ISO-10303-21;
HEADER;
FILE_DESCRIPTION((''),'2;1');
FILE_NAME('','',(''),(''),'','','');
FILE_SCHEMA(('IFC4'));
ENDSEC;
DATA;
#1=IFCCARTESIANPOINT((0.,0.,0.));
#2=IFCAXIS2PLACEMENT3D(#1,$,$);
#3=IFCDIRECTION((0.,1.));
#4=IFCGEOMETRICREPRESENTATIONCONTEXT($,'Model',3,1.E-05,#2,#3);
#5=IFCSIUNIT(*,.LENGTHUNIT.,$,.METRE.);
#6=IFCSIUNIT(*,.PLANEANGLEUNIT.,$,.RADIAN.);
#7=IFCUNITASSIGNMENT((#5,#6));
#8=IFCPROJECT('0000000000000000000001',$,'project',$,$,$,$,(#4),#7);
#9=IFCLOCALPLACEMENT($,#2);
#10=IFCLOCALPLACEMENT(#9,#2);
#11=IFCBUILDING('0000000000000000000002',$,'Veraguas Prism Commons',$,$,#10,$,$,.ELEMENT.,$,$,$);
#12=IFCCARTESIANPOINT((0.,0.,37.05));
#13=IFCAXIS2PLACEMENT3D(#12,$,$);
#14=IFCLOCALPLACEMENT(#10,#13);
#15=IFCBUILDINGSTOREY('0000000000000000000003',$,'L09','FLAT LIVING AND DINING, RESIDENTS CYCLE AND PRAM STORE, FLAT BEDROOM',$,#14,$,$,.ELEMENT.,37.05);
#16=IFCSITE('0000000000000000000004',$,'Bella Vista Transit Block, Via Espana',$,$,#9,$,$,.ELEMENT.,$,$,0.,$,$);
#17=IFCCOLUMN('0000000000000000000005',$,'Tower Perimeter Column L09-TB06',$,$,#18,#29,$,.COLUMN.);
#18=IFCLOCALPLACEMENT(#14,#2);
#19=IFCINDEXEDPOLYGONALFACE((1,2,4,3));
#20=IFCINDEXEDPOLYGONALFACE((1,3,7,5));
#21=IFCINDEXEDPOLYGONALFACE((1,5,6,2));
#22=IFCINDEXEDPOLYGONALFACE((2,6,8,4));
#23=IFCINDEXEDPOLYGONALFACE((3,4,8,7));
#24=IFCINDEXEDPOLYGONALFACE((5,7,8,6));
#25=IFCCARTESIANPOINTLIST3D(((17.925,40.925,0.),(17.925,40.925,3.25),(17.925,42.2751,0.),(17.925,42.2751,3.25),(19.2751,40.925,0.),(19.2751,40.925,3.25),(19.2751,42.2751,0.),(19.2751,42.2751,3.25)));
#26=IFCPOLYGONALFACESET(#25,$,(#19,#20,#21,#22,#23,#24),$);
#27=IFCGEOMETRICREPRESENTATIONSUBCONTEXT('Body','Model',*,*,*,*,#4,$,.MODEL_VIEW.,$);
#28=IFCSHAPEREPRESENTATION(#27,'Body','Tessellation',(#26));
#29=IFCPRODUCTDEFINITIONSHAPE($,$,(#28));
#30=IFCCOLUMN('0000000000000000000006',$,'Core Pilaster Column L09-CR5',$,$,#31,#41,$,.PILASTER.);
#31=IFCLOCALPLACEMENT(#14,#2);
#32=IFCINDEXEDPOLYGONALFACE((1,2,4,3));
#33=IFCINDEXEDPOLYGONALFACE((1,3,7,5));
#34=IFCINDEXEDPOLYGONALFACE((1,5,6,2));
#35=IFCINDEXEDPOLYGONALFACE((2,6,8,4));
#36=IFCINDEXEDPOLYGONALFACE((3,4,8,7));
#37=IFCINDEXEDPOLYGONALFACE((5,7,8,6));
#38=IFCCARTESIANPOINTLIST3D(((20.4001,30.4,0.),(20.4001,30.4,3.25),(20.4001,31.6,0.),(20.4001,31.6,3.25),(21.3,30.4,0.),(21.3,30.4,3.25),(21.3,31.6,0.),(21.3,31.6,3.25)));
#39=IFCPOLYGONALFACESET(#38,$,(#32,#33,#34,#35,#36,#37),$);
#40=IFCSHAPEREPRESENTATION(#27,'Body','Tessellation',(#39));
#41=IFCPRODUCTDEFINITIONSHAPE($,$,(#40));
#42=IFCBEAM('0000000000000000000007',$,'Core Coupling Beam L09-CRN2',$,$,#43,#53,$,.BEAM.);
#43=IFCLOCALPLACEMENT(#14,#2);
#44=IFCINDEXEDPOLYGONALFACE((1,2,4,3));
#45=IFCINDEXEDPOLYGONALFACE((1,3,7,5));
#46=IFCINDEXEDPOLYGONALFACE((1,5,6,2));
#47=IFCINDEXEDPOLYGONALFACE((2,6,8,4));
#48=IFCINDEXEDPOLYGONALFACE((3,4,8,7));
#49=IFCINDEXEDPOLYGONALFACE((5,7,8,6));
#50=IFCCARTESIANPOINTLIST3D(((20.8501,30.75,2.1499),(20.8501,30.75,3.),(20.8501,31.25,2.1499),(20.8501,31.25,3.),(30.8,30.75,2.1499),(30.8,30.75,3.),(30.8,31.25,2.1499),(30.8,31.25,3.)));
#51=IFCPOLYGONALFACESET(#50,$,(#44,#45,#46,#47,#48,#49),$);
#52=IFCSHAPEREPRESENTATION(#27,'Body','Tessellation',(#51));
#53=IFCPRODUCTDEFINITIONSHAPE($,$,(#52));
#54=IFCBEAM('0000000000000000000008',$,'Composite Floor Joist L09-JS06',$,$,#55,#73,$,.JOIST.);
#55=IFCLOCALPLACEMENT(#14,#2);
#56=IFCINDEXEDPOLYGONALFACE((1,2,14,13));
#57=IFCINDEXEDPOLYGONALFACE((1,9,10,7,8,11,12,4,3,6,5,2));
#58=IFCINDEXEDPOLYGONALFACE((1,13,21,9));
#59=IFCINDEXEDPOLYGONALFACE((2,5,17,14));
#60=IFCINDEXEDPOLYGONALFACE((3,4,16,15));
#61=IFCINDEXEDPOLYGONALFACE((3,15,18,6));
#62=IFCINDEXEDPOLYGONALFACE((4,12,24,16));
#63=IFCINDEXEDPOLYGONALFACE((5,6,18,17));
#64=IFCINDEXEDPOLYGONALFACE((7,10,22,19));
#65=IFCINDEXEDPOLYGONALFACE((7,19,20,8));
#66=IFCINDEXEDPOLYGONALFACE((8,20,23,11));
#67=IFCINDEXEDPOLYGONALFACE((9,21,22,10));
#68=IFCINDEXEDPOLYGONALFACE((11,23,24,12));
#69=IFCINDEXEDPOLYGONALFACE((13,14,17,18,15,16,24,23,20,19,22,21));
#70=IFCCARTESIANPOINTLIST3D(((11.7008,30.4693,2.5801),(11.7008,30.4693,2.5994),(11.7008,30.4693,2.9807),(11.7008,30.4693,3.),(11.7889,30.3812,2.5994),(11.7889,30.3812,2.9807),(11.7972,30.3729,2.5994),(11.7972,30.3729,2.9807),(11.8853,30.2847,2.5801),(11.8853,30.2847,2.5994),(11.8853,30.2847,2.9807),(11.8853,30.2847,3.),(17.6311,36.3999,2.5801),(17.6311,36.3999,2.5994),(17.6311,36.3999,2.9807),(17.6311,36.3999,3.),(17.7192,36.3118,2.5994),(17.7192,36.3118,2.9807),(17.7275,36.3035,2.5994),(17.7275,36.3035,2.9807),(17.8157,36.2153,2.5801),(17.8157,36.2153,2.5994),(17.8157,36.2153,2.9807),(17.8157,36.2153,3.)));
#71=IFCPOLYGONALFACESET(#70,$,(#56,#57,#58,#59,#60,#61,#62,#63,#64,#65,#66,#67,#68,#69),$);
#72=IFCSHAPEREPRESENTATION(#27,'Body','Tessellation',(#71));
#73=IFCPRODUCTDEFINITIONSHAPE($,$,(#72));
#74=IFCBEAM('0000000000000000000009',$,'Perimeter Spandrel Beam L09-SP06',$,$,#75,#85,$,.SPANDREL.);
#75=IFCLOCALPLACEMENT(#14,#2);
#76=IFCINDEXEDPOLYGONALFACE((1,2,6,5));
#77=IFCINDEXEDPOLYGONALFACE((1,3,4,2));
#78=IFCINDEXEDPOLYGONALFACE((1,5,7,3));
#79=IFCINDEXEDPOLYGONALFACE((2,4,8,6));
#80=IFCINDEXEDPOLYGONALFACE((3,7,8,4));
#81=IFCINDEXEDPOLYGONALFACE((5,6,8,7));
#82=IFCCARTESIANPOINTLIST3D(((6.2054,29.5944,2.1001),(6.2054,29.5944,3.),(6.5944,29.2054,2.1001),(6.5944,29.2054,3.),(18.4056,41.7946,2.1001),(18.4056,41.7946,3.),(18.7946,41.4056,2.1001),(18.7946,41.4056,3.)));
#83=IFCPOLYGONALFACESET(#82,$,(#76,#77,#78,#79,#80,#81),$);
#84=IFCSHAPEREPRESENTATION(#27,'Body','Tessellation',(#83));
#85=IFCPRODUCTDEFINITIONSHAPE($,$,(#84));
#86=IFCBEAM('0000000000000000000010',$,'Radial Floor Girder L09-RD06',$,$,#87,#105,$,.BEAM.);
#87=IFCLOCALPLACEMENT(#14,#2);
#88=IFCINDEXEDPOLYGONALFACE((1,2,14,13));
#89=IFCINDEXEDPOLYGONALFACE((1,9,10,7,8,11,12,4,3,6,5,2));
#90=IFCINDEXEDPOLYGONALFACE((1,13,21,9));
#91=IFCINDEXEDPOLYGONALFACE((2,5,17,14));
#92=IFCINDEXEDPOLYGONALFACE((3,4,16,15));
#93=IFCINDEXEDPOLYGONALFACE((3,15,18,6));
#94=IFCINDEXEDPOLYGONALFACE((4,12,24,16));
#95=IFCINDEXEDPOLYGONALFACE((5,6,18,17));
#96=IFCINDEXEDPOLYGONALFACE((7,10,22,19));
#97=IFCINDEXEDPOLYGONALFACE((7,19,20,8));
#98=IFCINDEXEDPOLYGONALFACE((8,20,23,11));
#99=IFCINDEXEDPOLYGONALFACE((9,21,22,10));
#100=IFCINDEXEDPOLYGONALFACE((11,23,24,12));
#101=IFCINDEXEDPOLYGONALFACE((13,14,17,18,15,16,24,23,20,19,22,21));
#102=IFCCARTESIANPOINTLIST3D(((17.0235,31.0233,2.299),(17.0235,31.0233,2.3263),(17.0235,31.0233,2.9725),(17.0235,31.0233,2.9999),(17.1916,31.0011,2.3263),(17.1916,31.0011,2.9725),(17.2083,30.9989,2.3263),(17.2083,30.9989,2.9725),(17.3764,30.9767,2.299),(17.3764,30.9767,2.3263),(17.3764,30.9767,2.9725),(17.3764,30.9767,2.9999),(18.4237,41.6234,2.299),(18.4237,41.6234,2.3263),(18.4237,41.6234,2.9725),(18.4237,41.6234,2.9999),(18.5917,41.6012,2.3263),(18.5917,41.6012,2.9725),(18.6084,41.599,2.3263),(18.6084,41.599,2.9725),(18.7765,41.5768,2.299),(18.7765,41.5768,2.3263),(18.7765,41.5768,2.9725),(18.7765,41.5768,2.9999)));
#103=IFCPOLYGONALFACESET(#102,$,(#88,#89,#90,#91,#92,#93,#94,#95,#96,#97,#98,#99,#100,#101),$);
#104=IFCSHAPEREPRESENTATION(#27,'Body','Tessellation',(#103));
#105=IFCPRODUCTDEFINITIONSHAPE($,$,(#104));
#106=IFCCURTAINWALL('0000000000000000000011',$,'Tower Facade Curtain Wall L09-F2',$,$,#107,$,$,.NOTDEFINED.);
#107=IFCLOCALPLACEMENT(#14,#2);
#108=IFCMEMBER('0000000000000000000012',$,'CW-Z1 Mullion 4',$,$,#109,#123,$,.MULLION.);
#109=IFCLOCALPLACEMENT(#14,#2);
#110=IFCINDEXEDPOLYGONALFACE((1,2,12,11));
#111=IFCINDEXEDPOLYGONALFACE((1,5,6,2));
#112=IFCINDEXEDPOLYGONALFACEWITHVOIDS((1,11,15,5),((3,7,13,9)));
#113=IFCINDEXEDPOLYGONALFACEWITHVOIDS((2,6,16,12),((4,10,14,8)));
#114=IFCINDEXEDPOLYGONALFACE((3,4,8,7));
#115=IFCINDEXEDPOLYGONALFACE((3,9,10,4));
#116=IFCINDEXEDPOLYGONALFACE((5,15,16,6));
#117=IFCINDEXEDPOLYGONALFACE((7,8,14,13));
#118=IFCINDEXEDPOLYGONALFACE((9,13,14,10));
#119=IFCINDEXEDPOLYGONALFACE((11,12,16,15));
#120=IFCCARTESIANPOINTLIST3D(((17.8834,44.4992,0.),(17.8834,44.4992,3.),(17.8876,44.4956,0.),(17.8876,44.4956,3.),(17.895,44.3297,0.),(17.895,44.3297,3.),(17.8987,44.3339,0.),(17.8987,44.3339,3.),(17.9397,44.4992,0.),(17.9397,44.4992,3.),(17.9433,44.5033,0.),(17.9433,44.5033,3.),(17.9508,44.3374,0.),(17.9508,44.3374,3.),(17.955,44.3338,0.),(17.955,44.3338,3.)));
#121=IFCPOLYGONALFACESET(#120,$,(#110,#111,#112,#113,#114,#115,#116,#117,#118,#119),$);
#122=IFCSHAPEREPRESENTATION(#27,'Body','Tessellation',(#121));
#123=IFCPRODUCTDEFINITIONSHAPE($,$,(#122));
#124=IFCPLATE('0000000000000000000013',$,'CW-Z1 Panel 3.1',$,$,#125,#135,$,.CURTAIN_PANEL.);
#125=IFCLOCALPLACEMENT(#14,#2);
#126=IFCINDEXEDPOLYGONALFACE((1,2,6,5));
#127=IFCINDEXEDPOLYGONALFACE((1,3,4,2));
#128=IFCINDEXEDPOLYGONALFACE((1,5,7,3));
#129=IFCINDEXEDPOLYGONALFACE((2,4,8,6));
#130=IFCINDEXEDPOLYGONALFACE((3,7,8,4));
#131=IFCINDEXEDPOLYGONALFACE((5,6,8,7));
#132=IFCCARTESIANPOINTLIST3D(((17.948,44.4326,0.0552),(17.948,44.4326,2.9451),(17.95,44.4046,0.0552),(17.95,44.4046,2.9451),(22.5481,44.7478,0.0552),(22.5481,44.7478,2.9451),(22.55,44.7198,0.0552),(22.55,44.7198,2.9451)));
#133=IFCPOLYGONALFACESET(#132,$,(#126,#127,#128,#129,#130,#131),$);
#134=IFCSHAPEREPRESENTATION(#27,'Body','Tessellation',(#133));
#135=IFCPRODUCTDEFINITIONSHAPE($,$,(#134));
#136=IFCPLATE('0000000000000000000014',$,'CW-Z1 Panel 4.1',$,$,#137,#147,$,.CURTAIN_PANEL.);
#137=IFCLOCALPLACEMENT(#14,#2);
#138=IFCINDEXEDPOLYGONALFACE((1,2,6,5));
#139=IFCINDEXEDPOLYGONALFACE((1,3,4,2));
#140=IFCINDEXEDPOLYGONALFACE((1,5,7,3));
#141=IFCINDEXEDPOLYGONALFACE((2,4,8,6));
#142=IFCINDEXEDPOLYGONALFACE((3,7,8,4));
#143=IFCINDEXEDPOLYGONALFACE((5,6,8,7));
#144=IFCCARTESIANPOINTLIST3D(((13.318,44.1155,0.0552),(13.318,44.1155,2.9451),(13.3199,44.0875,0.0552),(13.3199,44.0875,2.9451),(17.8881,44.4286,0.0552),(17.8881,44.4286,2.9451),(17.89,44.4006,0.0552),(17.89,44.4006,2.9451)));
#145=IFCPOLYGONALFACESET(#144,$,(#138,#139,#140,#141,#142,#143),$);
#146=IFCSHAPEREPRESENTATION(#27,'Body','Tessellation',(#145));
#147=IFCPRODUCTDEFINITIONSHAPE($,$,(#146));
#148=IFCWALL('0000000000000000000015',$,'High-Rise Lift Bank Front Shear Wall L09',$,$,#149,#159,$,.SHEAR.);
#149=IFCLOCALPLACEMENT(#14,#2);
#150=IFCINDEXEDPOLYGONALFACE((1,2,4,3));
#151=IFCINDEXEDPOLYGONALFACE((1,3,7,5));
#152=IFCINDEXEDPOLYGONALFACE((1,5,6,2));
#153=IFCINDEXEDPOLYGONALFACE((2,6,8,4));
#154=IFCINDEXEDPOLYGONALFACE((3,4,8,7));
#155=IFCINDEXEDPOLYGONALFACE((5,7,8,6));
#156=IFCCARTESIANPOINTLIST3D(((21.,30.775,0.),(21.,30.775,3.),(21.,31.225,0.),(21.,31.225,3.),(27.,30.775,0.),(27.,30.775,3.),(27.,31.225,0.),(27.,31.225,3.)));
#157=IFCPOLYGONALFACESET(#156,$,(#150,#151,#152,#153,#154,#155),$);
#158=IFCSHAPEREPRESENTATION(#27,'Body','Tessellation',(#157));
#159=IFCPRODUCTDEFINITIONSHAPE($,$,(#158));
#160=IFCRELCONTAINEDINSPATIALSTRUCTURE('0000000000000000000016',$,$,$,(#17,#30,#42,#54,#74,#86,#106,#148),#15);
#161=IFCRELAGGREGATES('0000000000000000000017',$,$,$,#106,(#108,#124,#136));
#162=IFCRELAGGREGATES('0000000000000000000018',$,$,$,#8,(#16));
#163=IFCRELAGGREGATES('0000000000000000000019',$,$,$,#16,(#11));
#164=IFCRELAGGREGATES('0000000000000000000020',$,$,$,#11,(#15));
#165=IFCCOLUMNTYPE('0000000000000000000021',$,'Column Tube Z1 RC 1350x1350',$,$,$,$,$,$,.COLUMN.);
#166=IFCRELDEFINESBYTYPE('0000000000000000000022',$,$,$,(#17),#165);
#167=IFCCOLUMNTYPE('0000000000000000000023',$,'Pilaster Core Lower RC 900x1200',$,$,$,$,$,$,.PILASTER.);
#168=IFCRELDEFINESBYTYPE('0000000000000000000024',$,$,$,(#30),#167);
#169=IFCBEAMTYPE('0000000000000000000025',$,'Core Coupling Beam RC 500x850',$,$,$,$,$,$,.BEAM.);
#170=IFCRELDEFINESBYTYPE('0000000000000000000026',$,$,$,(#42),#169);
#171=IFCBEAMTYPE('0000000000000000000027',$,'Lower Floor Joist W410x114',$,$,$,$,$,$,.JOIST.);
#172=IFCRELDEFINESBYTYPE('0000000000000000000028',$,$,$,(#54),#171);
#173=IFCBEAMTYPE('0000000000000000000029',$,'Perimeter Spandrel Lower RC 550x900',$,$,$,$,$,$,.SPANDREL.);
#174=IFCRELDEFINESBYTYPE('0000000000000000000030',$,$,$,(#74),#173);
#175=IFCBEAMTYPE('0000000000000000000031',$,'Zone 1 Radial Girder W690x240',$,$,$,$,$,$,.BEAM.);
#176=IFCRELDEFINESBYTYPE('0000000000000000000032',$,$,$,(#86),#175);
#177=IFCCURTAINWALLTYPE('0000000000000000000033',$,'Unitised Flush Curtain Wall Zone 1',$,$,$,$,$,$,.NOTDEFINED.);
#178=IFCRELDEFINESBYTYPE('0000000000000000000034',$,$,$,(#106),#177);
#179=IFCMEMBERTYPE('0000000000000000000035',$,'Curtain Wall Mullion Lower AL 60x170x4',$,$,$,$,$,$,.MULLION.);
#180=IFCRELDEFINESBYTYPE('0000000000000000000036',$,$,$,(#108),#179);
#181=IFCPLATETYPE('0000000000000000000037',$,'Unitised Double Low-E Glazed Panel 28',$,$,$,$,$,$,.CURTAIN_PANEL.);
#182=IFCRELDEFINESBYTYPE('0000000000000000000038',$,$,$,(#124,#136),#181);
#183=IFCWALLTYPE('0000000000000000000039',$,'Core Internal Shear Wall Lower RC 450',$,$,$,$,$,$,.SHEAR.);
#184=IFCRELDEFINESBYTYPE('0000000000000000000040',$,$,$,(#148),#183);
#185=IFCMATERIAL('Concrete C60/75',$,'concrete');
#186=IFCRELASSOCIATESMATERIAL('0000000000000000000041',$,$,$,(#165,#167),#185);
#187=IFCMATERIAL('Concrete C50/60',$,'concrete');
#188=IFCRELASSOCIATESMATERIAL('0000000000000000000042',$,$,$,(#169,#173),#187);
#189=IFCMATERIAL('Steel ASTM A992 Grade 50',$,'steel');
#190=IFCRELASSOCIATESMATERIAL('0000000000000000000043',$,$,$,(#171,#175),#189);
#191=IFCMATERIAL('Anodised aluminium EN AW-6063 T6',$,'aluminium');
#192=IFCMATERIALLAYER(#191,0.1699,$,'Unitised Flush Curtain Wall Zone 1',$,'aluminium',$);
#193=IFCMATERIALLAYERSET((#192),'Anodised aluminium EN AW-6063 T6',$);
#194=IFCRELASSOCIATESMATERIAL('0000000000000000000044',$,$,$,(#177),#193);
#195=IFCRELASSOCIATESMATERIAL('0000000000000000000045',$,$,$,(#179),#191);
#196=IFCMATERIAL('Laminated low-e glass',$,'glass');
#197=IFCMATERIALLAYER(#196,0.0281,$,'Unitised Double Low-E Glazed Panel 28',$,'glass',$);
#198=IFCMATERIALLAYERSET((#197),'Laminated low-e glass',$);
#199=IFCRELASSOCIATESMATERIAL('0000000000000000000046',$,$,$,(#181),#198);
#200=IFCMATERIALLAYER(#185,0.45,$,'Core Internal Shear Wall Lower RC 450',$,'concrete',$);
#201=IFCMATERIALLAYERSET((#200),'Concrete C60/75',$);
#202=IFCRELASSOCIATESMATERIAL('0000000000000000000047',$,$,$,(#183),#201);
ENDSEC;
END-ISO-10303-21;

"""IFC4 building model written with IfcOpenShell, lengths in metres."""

from ifc_helpers import new_model, si_unit, direction, frame, frame_2d, origin, origin_2d, place, context, subcontext, project, spatial, rectangle, hollow_rectangle, i_section, extrude, source, transform, mapped, material, layer, layer_set, material_profile, profile_set, type_object, element, aggregate, save


model = new_model("IFC4")

# Units and contexts
model_context = context("Model", 3, precision=1e-05, world=origin(), true_north=direction((0.0, 1.0)))
body_context = subcontext(model_context, "Body", "Model", "MODEL_VIEW")
ifc_project = project(units=[si_unit("LENGTHUNIT", "METRE"), si_unit("PLANEANGLEUNIT", "RADIAN")], contexts=[model_context])

# Site, building, storey
site_placement = place(None, origin())
site = spatial("IfcSite", under=ifc_project, at=site_placement, Name="Bella Vista Transit Block, Via Espana", CompositionType="ELEMENT", RefElevation=0.0)
building_placement = place(site_placement, origin())
building = spatial("IfcBuilding", under=site, at=building_placement, Name="Veraguas Prism Commons", CompositionType="ELEMENT")
storey_placement = place(building_placement, frame((0.0, 0.0, 37.05)))
storey = spatial("IfcBuildingStorey", under=building, at=storey_placement, Name="L09", Description="FLAT LIVING AND DINING, RESIDENTS CYCLE AND PRAM STORE, FLAT BEDROOM", CompositionType="ELEMENT", Elevation=37.05)

# Columns
ifc_material_1 = material(Name="Concrete C60/75", Category="concrete")
ifc_material_profile_1 = material_profile(ifc_material_1, rectangle(XDim=1.3501, YDim=1.3501, at=origin_2d()), Name="RC1350X1350")
ifc_profile_set_1 = profile_set([ifc_material_profile_1], Name="Concrete C60/75")
column_type_1 = type_object("IfcColumnType", Name="Column Tube Z1 RC 1350x1350", PredefinedType="COLUMN", material=ifc_profile_set_1)
column_1_placement = place(storey_placement, frame((18.6001, 41.6001, 0.0), z_axis=(0.0, 0.0, 1.0), x_axis=(1.0, 0.0, 0.0)))
element("IfcColumn", 1, at=column_1_placement, inside=storey, type_object=column_type_1, Name="Tower Perimeter Column L09-TB06", PredefinedType="COLUMN", context=body_context, shape_type="SweptSolid", body=[
    extrude(rectangle(XDim=1.3501, YDim=1.3501, at=origin_2d()), origin(), (0.0, 0.0, 1.0), 3.25),
])
ifc_material_profile_2 = material_profile(ifc_material_1, rectangle(XDim=0.8999, YDim=1.2, at=origin_2d()), Name="RC900X1200")
ifc_profile_set_2 = profile_set([ifc_material_profile_2], Name="Concrete C60/75")
column_type_2 = type_object("IfcColumnType", Name="Pilaster Core Lower RC 900x1200", PredefinedType="PILASTER", material=ifc_profile_set_2)
column_2_placement = place(storey_placement, frame((20.8501, 31.0, 0.0), z_axis=(0.0, 0.0, 1.0), x_axis=(1.0, 0.0, 0.0)))
element("IfcColumn", 2, at=column_2_placement, inside=storey, type_object=column_type_2, Name="Core Pilaster Column L09-CR5", PredefinedType="PILASTER", context=body_context, shape_type="SweptSolid", body=[
    extrude(rectangle(XDim=0.8999, YDim=1.2, at=origin_2d()), origin(), (0.0, 0.0, 1.0), 3.25),
])

# Beams
ifc_material_2 = material(Name="Concrete C50/60", Category="concrete")
ifc_material_profile_3 = material_profile(ifc_material_2, rectangle(XDim=0.5, YDim=0.8501, at=origin_2d()), Name="RC500X850")
ifc_profile_set_3 = profile_set([ifc_material_profile_3], Name="Concrete C50/60")
beam_type_1 = type_object("IfcBeamType", Name="Core Coupling Beam RC 500x850", PredefinedType="BEAM", material=ifc_profile_set_3)
beam_1_placement = place(storey_placement, frame((20.8501, 31.0, 2.575), z_axis=(1.0, 0.0, 0.0), x_axis=(0.0, 1.0, 0.0)))
element("IfcBeam", 3, at=beam_1_placement, inside=storey, type_object=beam_type_1, Name="Core Coupling Beam L09-CRN2", PredefinedType="BEAM", context=body_context, shape_type="SweptSolid", body=[
    extrude(rectangle(XDim=0.5, YDim=0.8501, at=origin_2d()), origin(), (0.0, 0.0, 1.0), 9.95),
])
ifc_material_3 = material(Name="Steel ASTM A992 Grade 50", Category="steel")
ifc_material_profile_4 = material_profile(ifc_material_3, i_section(OverallWidth=0.261, OverallDepth=0.4199, WebThickness=0.0117, FlangeThickness=0.0193, at=origin_2d()), Name="W410X114")
ifc_profile_set_4 = profile_set([ifc_material_profile_4], Name="Steel ASTM A992 Grade 50")
beam_type_2 = type_object("IfcBeamType", Name="Lower Floor Joist W410x114", PredefinedType="JOIST", material=ifc_profile_set_4)
beam_2_placement = place(storey_placement, frame((17.7234, 36.3076, 2.79), z_axis=(-0.707092, -0.707121, 0.0), x_axis=(0.707121, -0.707092, 0.0)))
element("IfcBeam", 4, at=beam_2_placement, inside=storey, type_object=beam_type_2, Name="Composite Floor Joist L09-JS06", PredefinedType="JOIST", context=body_context, shape_type="SweptSolid", body=[
    extrude(i_section(OverallWidth=0.261, OverallDepth=0.4199, WebThickness=0.0117, FlangeThickness=0.0193, at=origin_2d()), origin(), (0.0, 0.0, 1.0), 8.387),
])
ifc_material_profile_5 = material_profile(ifc_material_2, rectangle(XDim=0.55, YDim=0.8999, at=origin_2d()), Name="RC550X900")
ifc_profile_set_5 = profile_set([ifc_material_profile_5], Name="Concrete C50/60")
beam_type_3 = type_object("IfcBeamType", Name="Perimeter Spandrel Lower RC 550x900", PredefinedType="SPANDREL", material=ifc_profile_set_5)
beam_3_placement = place(storey_placement, frame((18.6001, 41.6001, 2.55), z_axis=(-0.707107, -0.707107, 0.0), x_axis=(0.707107, -0.707107, 0.0)))
element("IfcBeam", 5, at=beam_3_placement, inside=storey, type_object=beam_type_3, Name="Perimeter Spandrel Beam L09-SP06", PredefinedType="SPANDREL", context=body_context, shape_type="SweptSolid", body=[
    extrude(rectangle(XDim=0.55, YDim=0.8999, at=origin_2d()), origin(), (0.0, 0.0, 1.0), 17.2537),
])
ifc_material_profile_6 = material_profile(ifc_material_3, i_section(OverallWidth=0.356, OverallDepth=0.7009, WebThickness=0.0168, FlangeThickness=0.0273, at=origin_2d()), Name="W690X240")
ifc_profile_set_6 = profile_set([ifc_material_profile_6], Name="Steel ASTM A992 Grade 50")
beam_type_4 = type_object("IfcBeamType", Name="Zone 1 Radial Girder W690x240", PredefinedType="BEAM", material=ifc_profile_set_6)
beam_4_placement = place(storey_placement, frame((18.6001, 41.6001, 2.6494), z_axis=(-0.130951, -0.991389, 0.0), x_axis=(0.991389, -0.130951, 0.0)))
element("IfcBeam", 6, at=beam_4_placement, inside=storey, type_object=beam_type_4, Name="Radial Floor Girder L09-RD06", PredefinedType="BEAM", context=body_context, shape_type="SweptSolid", body=[
    extrude(i_section(OverallWidth=0.356, OverallDepth=0.7009, WebThickness=0.0168, FlangeThickness=0.0273, at=origin_2d()), origin(), (0.0, 0.0, 1.0), 10.6921),
])

# Curtain wall, member, plates
ifc_material_4 = material(Name="Anodised aluminium EN AW-6063 T6", Category="aluminium")
ifc_layer_1 = layer(ifc_material_4, 0.1699, Name="Unitised Flush Curtain Wall Zone 1", Category="aluminium")
ifc_layer_set_1 = layer_set([ifc_layer_1], Name="Anodised aluminium EN AW-6063 T6")
curtain_wall_type = type_object("IfcCurtainWallType", Name="Unitised Flush Curtain Wall Zone 1", PredefinedType="NOTDEFINED", material=ifc_layer_set_1)
curtain_wall_placement = place(storey_placement, origin())
curtain_wall = element("IfcCurtainWall", 7, at=curtain_wall_placement, inside=storey, type_object=curtain_wall_type, Name="Tower Facade Curtain Wall L09-F2", PredefinedType="NOTDEFINED")
ifc_material_profile_7 = material_profile(ifc_material_4, hollow_rectangle(XDim=0.0601, YDim=0.1699, WallThickness=0.0039, at=origin_2d()), Name="AL60X170X4")
ifc_profile_set_7 = profile_set([ifc_material_profile_7], Name="Anodised aluminium EN AW-6063 T6")
member_type = type_object("IfcMemberType", Name="Curtain Wall Mullion Lower AL 60x170x4", PredefinedType="MULLION", material=ifc_profile_set_7)
shared_shape_1 = source(origin(), body_context, "Body", "SweptSolid", [
    extrude(hollow_rectangle(XDim=0.0601, YDim=0.1699, WallThickness=0.0039, at=origin_2d()), origin(), (0.0, 0.0, 1.0), 3.0),
])
member_placement = place(storey_placement, frame((17.9192, 44.4165, 0.0), z_axis=(0.0, 0.0, 1.0), x_axis=(-0.99766, -0.068364, 0.0)))
member = element("IfcMember", 8, at=member_placement, type_object=member_type, Name="CW-Z1 Mullion 4", PredefinedType="MULLION", context=body_context, shape_type="MappedRepresentation", body=[
    mapped(shared_shape_1, transform((0.0, 0.0, 0.0), scale=1.0)),
])
ifc_material_5 = material(Name="Laminated low-e glass", Category="glass")
ifc_layer_2 = layer(ifc_material_5, 0.0281, Name="Unitised Double Low-E Glazed Panel 28", Category="glass")
ifc_layer_set_2 = layer_set([ifc_layer_2], Name="Laminated low-e glass")
plate_type = type_object("IfcPlateType", Name="Unitised Double Low-E Glazed Panel 28", PredefinedType="CURTAIN_PANEL", material=ifc_layer_set_2)
shared_shape_2 = source(origin(), body_context, "Body", "SweptSolid", [
    extrude(rectangle(XDim=4.6108, YDim=0.0281, at=origin_2d()), origin(), (0.0, 0.0, 1.0), 2.8899),
])
plate_1_placement = place(storey_placement, frame((20.249, 44.5762, 0.0552), z_axis=(0.0, 0.0, 1.0), x_axis=(-0.99766, -0.068364, 0.0)))
plate_1 = element("IfcPlate", 9, at=plate_1_placement, type_object=plate_type, Name="CW-Z1 Panel 3.1", PredefinedType="CURTAIN_PANEL", context=body_context, shape_type="MappedRepresentation", body=[
    mapped(shared_shape_2, transform((0.0, 0.0, 0.0), scale=1.0)),
])
shared_shape_3 = source(origin(), body_context, "Body", "SweptSolid", [
    extrude(rectangle(XDim=4.5808, YDim=0.0281, at=origin_2d()), origin(), (0.0, 0.0, 1.0), 2.8899),
])
plate_2_placement = place(storey_placement, frame((15.604, 44.2581, 0.0552), z_axis=(0.0, 0.0, 1.0), x_axis=(-0.99766, -0.068364, 0.0)))
plate_2 = element("IfcPlate", 10, at=plate_2_placement, type_object=plate_type, Name="CW-Z1 Panel 4.1", PredefinedType="CURTAIN_PANEL", context=body_context, shape_type="MappedRepresentation", body=[
    mapped(shared_shape_3, transform((0.0, 0.0, 0.0), scale=1.0)),
])
aggregate(curtain_wall, [member, plate_1, plate_2])

# Wall
ifc_layer_3 = layer(ifc_material_1, 0.45, Name="Core Internal Shear Wall Lower RC 450", Category="concrete")
ifc_layer_set_3 = layer_set([ifc_layer_3], Name="Concrete C60/75")
wall_type_1 = type_object("IfcWallType", Name="Core Internal Shear Wall Lower RC 450", PredefinedType="SHEAR", material=ifc_layer_set_3)
wall_1_placement = place(storey_placement, frame((21.0, 31.0, 0.0), z_axis=(0.0, 0.0, 1.0), x_axis=(1.0, 0.0, 0.0)))
element("IfcWall", 11, at=wall_1_placement, inside=storey, type_object=wall_type_1, Name="High-Rise Lift Bank Front Shear Wall L09", PredefinedType="SHEAR", context=body_context, shape_type="SweptSolid", body=[
    extrude(rectangle(XDim=6.0, YDim=0.45, at=frame_2d((3.0, 0.0))), origin(), (0.0, 0.0, 1.0), 3.0),
])

save(model, "model.ifc")
